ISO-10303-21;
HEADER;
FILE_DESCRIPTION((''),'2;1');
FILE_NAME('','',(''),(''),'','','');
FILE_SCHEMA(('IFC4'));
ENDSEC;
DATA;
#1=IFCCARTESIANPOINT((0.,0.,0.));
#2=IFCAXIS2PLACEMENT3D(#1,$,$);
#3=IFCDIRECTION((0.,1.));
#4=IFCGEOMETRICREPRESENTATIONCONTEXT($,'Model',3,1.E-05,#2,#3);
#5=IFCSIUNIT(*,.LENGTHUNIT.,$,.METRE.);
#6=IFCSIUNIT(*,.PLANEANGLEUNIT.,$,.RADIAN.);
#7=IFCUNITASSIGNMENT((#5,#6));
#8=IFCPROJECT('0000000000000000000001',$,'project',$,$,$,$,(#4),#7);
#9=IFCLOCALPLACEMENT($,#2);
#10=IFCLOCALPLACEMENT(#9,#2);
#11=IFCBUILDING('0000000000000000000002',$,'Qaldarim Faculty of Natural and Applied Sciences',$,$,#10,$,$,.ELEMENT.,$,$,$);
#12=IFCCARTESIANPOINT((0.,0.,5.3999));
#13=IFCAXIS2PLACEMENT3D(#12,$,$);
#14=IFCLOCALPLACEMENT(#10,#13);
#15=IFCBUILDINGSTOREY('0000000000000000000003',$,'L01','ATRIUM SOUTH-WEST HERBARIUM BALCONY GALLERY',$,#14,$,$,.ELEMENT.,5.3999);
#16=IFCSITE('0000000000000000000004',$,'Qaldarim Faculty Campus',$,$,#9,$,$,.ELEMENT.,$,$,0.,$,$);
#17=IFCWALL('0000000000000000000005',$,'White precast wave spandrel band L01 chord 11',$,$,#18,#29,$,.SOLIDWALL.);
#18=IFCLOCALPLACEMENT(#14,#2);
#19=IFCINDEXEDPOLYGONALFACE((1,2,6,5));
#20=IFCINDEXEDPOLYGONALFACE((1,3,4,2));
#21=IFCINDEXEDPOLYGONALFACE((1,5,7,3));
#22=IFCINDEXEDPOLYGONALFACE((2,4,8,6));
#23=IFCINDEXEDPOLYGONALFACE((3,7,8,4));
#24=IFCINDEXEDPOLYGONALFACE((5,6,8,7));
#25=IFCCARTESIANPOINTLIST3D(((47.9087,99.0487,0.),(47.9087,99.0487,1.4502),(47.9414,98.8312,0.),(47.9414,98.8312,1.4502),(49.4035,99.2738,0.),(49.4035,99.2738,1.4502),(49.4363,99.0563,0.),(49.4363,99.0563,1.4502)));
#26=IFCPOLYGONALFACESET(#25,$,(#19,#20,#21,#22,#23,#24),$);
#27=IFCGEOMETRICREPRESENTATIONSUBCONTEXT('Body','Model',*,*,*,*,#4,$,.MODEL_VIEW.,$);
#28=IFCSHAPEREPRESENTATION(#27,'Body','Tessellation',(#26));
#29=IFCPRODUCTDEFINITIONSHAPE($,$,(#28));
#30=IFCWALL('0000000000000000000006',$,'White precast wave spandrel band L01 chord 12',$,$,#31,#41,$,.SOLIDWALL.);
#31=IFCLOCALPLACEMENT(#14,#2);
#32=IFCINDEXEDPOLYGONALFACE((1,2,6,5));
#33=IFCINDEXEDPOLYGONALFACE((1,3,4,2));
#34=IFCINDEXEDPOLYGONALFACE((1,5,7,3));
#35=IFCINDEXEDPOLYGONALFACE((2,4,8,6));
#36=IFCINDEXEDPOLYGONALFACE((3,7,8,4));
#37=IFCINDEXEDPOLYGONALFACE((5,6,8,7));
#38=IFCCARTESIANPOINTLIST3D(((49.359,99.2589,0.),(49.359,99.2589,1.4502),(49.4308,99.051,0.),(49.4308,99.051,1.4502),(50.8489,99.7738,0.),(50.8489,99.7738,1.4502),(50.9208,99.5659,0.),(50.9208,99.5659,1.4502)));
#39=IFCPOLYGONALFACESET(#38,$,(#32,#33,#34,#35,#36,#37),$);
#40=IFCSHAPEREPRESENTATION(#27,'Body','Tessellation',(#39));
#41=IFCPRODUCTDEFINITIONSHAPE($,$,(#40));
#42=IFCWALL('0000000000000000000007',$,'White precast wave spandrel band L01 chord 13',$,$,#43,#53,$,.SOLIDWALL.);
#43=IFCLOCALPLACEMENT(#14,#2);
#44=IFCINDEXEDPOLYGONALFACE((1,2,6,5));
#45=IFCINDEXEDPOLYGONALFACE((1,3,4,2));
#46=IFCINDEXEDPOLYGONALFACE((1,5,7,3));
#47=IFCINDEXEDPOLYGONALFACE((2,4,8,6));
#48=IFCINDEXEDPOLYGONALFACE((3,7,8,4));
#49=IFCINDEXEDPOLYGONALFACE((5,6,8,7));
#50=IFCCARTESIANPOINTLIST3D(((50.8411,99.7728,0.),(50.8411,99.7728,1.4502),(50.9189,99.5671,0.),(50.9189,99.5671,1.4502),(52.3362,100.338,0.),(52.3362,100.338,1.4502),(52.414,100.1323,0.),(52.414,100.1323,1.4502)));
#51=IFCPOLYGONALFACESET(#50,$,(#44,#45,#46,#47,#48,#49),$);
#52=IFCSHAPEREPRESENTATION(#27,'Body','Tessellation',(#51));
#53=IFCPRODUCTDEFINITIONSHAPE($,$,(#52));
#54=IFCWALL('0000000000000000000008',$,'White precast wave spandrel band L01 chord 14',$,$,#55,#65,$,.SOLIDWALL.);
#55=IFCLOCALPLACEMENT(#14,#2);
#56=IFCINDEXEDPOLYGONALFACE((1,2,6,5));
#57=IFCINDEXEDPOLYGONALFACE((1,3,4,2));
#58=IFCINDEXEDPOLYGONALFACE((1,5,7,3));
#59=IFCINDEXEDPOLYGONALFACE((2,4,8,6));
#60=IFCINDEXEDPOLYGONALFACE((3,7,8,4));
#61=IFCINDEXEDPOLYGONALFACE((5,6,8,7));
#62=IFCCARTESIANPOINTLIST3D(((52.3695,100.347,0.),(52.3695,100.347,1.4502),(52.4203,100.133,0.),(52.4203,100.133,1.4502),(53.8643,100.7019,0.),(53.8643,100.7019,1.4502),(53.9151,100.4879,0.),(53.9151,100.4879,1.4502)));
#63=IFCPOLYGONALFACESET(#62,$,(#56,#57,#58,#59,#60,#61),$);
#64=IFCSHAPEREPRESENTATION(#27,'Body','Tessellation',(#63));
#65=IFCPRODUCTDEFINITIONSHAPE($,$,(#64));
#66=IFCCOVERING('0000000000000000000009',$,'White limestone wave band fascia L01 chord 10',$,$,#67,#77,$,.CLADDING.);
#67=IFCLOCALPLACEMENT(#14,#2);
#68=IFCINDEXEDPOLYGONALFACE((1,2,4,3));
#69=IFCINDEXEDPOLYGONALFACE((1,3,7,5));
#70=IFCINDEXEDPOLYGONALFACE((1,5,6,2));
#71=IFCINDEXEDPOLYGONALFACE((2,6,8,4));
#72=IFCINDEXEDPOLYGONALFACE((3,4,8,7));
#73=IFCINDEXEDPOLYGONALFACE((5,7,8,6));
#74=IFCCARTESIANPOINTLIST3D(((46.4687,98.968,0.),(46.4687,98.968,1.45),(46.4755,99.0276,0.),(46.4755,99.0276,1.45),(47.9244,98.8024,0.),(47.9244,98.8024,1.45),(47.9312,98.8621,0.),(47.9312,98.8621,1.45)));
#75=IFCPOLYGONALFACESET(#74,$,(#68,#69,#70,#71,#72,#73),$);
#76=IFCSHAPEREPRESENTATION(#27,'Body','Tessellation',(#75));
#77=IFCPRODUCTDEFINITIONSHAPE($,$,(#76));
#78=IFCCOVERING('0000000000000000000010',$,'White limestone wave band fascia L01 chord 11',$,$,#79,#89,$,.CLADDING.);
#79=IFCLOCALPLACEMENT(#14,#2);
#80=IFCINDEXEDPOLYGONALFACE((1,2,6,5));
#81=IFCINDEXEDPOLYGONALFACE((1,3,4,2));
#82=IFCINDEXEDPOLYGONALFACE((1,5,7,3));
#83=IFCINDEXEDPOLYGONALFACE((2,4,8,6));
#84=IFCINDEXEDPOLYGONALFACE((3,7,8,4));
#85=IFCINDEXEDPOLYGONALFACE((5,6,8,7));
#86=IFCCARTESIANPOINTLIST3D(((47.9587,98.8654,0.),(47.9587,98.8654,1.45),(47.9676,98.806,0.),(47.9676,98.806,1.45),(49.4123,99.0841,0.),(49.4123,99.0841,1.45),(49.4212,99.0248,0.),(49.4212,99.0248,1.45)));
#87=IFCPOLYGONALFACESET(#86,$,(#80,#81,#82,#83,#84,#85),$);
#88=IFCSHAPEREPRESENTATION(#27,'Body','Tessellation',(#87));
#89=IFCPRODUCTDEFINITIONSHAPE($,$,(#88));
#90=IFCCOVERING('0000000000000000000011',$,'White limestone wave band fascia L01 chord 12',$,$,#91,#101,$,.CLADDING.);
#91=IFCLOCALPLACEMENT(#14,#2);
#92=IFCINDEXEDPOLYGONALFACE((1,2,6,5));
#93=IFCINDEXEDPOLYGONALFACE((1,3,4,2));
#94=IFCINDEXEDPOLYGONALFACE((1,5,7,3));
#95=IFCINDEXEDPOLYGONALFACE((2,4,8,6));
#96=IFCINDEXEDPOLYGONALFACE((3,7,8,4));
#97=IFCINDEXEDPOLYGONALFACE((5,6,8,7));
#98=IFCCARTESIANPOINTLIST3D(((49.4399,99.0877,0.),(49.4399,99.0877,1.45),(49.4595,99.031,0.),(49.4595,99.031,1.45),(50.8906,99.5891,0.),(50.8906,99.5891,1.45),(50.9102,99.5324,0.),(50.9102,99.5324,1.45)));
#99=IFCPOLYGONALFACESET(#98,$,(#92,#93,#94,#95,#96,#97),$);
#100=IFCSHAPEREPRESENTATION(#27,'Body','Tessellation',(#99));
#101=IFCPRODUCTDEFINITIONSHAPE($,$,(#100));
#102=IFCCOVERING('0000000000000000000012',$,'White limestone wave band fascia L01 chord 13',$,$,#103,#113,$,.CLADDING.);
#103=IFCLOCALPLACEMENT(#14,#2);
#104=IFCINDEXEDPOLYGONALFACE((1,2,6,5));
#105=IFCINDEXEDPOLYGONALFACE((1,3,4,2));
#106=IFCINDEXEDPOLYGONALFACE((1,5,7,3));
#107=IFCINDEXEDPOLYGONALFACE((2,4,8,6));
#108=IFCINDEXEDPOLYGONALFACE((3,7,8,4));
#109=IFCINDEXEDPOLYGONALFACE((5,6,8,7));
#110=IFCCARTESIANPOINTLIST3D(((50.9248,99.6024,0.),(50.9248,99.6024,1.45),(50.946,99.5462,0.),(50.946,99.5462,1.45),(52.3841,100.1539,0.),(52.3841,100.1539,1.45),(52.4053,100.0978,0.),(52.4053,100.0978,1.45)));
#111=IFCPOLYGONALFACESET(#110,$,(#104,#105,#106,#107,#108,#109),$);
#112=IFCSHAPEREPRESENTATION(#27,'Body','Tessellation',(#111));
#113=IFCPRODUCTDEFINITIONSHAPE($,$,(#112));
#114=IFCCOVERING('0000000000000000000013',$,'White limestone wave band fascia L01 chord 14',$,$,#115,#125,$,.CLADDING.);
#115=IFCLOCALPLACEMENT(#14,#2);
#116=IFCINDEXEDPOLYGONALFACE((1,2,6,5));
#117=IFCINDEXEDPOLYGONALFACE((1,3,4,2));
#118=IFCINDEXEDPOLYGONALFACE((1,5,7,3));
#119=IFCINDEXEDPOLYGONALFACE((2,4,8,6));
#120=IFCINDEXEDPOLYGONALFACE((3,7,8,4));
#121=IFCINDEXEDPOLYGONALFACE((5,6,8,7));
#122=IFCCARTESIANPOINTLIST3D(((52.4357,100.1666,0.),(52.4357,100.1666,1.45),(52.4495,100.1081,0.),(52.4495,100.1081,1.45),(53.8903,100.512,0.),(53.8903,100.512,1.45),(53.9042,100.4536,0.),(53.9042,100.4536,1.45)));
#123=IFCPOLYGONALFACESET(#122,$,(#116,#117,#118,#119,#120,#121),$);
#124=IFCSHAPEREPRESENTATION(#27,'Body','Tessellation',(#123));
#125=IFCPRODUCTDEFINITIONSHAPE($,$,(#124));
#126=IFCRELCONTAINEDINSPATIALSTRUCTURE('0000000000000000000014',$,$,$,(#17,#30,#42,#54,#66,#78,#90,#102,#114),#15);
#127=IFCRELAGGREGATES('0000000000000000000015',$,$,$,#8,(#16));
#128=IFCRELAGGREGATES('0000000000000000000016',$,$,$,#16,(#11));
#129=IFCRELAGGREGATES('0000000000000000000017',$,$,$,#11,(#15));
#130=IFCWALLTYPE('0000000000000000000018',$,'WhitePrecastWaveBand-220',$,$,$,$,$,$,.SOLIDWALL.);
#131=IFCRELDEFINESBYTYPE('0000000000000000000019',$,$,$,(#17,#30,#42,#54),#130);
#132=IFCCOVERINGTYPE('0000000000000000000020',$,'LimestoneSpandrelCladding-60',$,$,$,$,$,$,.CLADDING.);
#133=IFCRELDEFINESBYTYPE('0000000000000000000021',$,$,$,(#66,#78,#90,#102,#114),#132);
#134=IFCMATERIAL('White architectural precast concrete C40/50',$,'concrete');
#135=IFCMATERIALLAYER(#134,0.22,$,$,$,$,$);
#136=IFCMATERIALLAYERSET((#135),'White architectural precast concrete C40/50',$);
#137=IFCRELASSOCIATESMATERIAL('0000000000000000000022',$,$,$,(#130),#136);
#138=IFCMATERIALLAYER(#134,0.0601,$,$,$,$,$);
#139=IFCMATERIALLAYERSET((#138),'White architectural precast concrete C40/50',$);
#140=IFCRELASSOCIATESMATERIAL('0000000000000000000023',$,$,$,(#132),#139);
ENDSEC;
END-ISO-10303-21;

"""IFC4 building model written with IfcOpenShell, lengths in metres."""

from ifc_helpers import new_model, si_unit, direction, frame, frame_2d, origin, origin_2d, place, context, subcontext, project, spatial, rectangle, extrude, material, layer, layer_set, type_object, element, save


model = new_model("IFC4")

# Units and contexts
model_context = context("Model", 3, precision=1e-05, world=origin(), true_north=direction((0.0, 1.0)))
body_context = subcontext(model_context, "Body", "Model", "MODEL_VIEW")
ifc_project = project(units=[si_unit("LENGTHUNIT", "METRE"), si_unit("PLANEANGLEUNIT", "RADIAN")], contexts=[model_context])

# Site, building, storey
site_placement = place(None, origin())
site = spatial("IfcSite", under=ifc_project, at=site_placement, Name="Qaldarim Faculty Campus", CompositionType="ELEMENT", RefElevation=0.0)
building_placement = place(site_placement, origin())
building = spatial("IfcBuilding", under=site, at=building_placement, Name="Qaldarim Faculty of Natural and Applied Sciences", CompositionType="ELEMENT")
storey_placement = place(building_placement, frame((0.0, 0.0, 5.3999)))
storey = spatial("IfcBuildingStorey", under=building, at=storey_placement, Name="L01", Description="ATRIUM SOUTH-WEST HERBARIUM BALCONY GALLERY", CompositionType="ELEMENT", Elevation=5.3999)

# Walls
ifc_material_1 = material(Name="White architectural precast concrete C40/50", Category="concrete")
ifc_layer_1 = layer(ifc_material_1, 0.22)
ifc_layer_set_1 = layer_set([ifc_layer_1], Name="White architectural precast concrete C40/50")
wall_type = type_object("IfcWallType", Name="WhitePrecastWaveBand-220", PredefinedType="SOLIDWALL", material=ifc_layer_set_1)
wall_1_placement = place(storey_placement, frame((47.925, 98.9399, 0.0), z_axis=(0.0, 0.0, 1.0), x_axis=(0.988852, 0.148901, 0.0)))
element("IfcWall", 1, at=wall_1_placement, inside=storey, type_object=wall_type, Name="White precast wave spandrel band L01 chord 11", PredefinedType="SOLIDWALL", context=body_context, shape_type="SweptSolid", body=[
    extrude(rectangle(XDim=1.5117, YDim=0.22, at=frame_2d((0.7559, 0.0))), origin(), (0.0, 0.0, 1.0), 1.4502),
])
wall_2_placement = place(storey_placement, frame((49.395, 99.155, 0.0), z_axis=(0.0, 0.0, 1.0), x_axis=(0.945157, 0.326616, 0.0)))
element("IfcWall", 2, at=wall_2_placement, inside=storey, type_object=wall_type, Name="White precast wave spandrel band L01 chord 12", PredefinedType="SOLIDWALL", context=body_context, shape_type="SweptSolid", body=[
    extrude(rectangle(XDim=1.5764, YDim=0.22, at=frame_2d((0.7881, 0.0))), origin(), (0.0, 0.0, 1.0), 1.4502),
])
wall_3_placement = place(storey_placement, frame((50.8799, 99.6699, 0.0), z_axis=(0.0, 0.0, 1.0), x_axis=(0.935397, 0.3536, 0.0)))
element("IfcWall", 3, at=wall_3_placement, inside=storey, type_object=wall_type, Name="White precast wave spandrel band L01 chord 13", PredefinedType="SOLIDWALL", context=body_context, shape_type="SweptSolid", body=[
    extrude(rectangle(XDim=1.5984, YDim=0.22, at=frame_2d((0.7993, 0.0))), origin(), (0.0, 0.0, 1.0), 1.4502),
])
wall_4_placement = place(storey_placement, frame((52.395, 100.24, 0.0), z_axis=(0.0, 0.0, 1.0), x_axis=(0.972944, 0.23104, 0.0)))
element("IfcWall", 4, at=wall_4_placement, inside=storey, type_object=wall_type, Name="White precast wave spandrel band L01 chord 14", PredefinedType="SOLIDWALL", context=body_context, shape_type="SweptSolid", body=[
    extrude(rectangle(XDim=1.5364, YDim=0.22, at=frame_2d((0.7681, 0.0))), origin(), (0.0, 0.0, 1.0), 1.4502),
])

# Coverings
ifc_layer_2 = layer(ifc_material_1, 0.0601)
ifc_layer_set_2 = layer_set([ifc_layer_2], Name="White architectural precast concrete C40/50")
covering_type = type_object("IfcCoveringType", Name="LimestoneSpandrelCladding-60", PredefinedType="CLADDING", material=ifc_layer_set_2)
covering_1_placement = place(storey_placement, frame((47.2, 98.915, 0.0), z_axis=(0.0, 0.0, 1.0), x_axis=(0.993598, -0.112978, 0.0)))
element("IfcCovering", 5, at=covering_1_placement, inside=storey, type_object=covering_type, Name="White limestone wave band fascia L01 chord 10", PredefinedType="CLADDING", context=body_context, shape_type="SweptSolid", body=[
    extrude(rectangle(XDim=1.4651, YDim=0.0601, at=origin_2d()), origin(), (0.0, 0.0, 1.0), 1.45),
])
covering_2_placement = place(storey_placement, frame((48.6899, 98.9451, 0.0), z_axis=(0.0, 0.0, 1.0), x_axis=(0.988863, 0.148828, 0.0)))
element("IfcCovering", 6, at=covering_2_placement, inside=storey, type_object=covering_type, Name="White limestone wave band fascia L01 chord 11", PredefinedType="CLADDING", context=body_context, shape_type="SweptSolid", body=[
    extrude(rectangle(XDim=1.47, YDim=0.0601, at=origin_2d()), origin(), (0.0, 0.0, 1.0), 1.45),
])
covering_3_placement = place(storey_placement, frame((50.175, 99.3101, 0.0), z_axis=(0.0, 0.0, 1.0), x_axis=(0.945137, 0.326674, 0.0)))
element("IfcCovering", 7, at=covering_3_placement, inside=storey, type_object=covering_type, Name="White limestone wave band fascia L01 chord 12", PredefinedType="CLADDING", context=body_context, shape_type="SweptSolid", body=[
    extrude(rectangle(XDim=1.5349, YDim=0.0601, at=origin_2d()), origin(), (0.0, 0.0, 1.0), 1.45),
])
covering_4_placement = place(storey_placement, frame((51.665, 99.8501, 0.0), z_axis=(0.0, 0.0, 1.0), x_axis=(0.935426, 0.353524, 0.0)))
element("IfcCovering", 8, at=covering_4_placement, inside=storey, type_object=covering_type, Name="White limestone wave band fascia L01 chord 13", PredefinedType="CLADDING", context=body_context, shape_type="SweptSolid", body=[
    extrude(rectangle(XDim=1.5601, YDim=0.0601, at=origin_2d()), origin(), (0.0, 0.0, 1.0), 1.45),
])
covering_5_placement = place(storey_placement, frame((53.1699, 100.3101, 0.0), z_axis=(0.0, 0.0, 1.0), x_axis=(0.972945, 0.231035, 0.0)))
element("IfcCovering", 9, at=covering_5_placement, inside=storey, type_object=covering_type, Name="White limestone wave band fascia L01 chord 14", PredefinedType="CLADDING", context=body_context, shape_type="SweptSolid", body=[
    extrude(rectangle(XDim=1.4951, YDim=0.0601, at=origin_2d()), origin(), (0.0, 0.0, 1.0), 1.45),
])

save(model, "model.ifc")
